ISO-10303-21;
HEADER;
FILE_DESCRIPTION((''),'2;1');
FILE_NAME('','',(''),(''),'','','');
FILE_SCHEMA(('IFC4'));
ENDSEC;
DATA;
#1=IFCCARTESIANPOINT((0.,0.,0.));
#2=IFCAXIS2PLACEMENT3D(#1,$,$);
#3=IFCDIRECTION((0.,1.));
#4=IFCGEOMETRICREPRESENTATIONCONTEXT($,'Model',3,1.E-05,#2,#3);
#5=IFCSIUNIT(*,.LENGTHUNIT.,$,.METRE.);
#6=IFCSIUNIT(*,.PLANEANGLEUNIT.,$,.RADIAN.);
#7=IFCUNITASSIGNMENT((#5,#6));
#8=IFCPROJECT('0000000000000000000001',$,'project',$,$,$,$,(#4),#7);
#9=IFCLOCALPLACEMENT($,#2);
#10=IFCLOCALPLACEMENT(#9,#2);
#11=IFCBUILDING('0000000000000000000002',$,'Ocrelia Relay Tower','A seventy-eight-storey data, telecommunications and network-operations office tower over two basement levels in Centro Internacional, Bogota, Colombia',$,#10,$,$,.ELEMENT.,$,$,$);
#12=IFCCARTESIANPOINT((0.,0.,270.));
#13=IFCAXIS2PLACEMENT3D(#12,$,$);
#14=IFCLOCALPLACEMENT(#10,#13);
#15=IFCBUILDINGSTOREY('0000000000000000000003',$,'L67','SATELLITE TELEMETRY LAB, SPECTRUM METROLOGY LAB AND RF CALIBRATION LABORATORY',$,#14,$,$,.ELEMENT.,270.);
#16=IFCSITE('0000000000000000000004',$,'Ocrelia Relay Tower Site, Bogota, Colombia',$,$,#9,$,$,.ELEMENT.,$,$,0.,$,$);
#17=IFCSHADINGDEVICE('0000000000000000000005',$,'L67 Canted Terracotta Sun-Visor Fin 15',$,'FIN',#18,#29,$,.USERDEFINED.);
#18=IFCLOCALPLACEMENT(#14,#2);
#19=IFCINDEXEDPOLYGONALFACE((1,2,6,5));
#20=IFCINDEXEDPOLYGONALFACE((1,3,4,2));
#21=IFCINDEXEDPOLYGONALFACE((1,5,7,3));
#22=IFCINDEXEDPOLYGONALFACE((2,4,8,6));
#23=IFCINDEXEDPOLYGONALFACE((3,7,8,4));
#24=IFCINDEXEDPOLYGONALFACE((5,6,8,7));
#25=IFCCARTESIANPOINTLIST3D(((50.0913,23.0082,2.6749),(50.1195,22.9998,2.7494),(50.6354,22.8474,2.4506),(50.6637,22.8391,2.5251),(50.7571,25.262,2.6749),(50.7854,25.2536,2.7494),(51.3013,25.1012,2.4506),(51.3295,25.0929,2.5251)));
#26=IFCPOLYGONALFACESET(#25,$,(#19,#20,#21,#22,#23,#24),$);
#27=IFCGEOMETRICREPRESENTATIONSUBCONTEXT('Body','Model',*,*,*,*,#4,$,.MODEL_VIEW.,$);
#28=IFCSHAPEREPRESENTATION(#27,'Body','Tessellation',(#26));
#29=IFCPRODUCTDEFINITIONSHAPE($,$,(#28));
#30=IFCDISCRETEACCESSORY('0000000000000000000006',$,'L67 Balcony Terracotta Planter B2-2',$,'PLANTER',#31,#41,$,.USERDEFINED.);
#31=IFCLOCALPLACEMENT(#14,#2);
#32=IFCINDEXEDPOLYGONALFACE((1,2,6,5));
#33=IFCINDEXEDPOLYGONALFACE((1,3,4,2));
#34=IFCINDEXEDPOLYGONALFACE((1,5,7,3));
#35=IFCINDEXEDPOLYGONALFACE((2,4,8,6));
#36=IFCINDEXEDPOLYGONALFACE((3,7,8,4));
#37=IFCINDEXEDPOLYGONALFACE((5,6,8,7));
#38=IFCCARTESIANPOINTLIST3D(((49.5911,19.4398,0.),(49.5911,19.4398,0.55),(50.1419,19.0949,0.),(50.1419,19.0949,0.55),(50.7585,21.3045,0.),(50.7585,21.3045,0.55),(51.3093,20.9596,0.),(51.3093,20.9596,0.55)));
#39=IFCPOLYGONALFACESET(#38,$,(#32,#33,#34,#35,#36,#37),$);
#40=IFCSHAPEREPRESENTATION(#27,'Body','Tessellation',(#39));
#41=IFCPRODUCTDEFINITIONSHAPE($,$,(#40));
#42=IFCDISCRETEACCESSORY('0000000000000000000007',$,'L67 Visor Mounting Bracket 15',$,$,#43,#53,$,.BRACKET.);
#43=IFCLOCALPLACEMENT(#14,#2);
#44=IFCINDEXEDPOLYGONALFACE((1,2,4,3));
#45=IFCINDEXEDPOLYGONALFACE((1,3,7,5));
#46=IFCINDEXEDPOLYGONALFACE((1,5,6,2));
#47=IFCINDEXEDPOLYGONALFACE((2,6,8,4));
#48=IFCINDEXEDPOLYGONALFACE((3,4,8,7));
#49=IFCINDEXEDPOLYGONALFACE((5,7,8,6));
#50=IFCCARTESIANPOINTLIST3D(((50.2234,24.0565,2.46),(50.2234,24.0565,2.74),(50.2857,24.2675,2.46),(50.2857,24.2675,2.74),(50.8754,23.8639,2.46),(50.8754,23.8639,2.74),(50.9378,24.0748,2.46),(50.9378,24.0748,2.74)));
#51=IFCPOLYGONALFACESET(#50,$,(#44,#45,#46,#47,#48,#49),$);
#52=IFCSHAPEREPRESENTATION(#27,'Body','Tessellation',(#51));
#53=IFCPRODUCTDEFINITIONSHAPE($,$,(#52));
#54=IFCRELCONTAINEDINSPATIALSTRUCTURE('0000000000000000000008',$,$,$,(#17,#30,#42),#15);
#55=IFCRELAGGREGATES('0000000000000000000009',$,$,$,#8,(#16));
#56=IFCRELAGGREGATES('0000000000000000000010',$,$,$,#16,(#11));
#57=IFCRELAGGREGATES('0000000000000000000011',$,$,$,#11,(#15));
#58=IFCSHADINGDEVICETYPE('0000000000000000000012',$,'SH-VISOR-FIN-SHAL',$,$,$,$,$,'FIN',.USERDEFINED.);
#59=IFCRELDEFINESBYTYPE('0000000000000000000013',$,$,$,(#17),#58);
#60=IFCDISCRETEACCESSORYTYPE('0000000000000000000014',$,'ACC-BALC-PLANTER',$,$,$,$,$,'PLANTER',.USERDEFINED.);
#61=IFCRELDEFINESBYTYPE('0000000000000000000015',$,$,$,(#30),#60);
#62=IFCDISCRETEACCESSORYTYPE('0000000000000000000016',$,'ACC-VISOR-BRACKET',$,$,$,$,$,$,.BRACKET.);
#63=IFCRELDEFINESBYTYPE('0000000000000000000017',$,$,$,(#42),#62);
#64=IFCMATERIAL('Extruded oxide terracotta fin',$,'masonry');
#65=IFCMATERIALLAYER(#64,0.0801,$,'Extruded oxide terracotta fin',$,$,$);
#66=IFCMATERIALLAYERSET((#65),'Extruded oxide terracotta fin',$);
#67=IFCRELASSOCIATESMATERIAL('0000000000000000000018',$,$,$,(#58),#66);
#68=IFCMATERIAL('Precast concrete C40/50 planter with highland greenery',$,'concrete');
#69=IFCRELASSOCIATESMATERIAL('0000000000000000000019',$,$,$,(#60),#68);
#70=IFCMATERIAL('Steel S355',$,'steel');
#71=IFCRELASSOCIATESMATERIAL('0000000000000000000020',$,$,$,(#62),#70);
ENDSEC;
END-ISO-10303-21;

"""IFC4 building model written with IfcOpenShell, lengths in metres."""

from ifc_helpers import new_model, si_unit, direction, frame, origin, origin_2d, place, context, subcontext, project, spatial, rectangle, extrude, material, layer, layer_set, type_object, element, save


model = new_model("IFC4")

# Units and contexts
model_context = context("Model", 3, precision=1e-05, world=origin(), true_north=direction((0.0, 1.0)))
body_context = subcontext(model_context, "Body", "Model", "MODEL_VIEW")
ifc_project = project(units=[si_unit("LENGTHUNIT", "METRE"), si_unit("PLANEANGLEUNIT", "RADIAN")], contexts=[model_context])

# Site, building, storey
site_placement = place(None, origin())
site = spatial("IfcSite", under=ifc_project, at=site_placement, Name="Ocrelia Relay Tower Site, Bogota, Colombia", CompositionType="ELEMENT", RefElevation=0.0)
building_placement = place(site_placement, origin())
building = spatial("IfcBuilding", under=site, at=building_placement, Name="Ocrelia Relay Tower", Description="A seventy-eight-storey data, telecommunications and network-operations office tower over two basement levels in Centro Internacional, Bogota, Colombia", CompositionType="ELEMENT")
storey_placement = place(building_placement, frame((0.0, 0.0, 270.0)))
storey = spatial("IfcBuildingStorey", under=building, at=storey_placement, Name="L67", Description="SATELLITE TELEMETRY LAB, SPECTRUM METROLOGY LAB AND RF CALIBRATION LABORATORY", CompositionType="ELEMENT", Elevation=270.0)

# Shared definitions
ifc_material_1 = material(Name="Steel S355", Category="steel")

# Shading device
ifc_material_2 = material(Name="Extruded oxide terracotta fin", Category="masonry")
ifc_layer_1 = layer(ifc_material_2, 0.0801, Name="Extruded oxide terracotta fin")
ifc_layer_set_1 = layer_set([ifc_layer_1], Name="Extruded oxide terracotta fin")
shading_device_type_1 = type_object("IfcShadingDeviceType", Name="SH-VISOR-FIN-SHAL", ElementType="FIN", PredefinedType="USERDEFINED", material=ifc_layer_set_1)
shading_device_1_placement = place(storey_placement, frame((50.6963, 24.0547, 2.5627), z_axis=(0.352574, -0.10416, 0.929969), x_axis=(0.283321, 0.959025, 0.0)))
element("IfcShadingDevice", 1, at=shading_device_1_placement, inside=storey, type_object=shading_device_type_1, Name="L67 Canted Terracotta Sun-Visor Fin 15", ObjectType="FIN", PredefinedType="USERDEFINED", context=body_context, shape_type="SweptSolid", body=[
    extrude(rectangle(XDim=2.3501, YDim=0.6101, at=origin_2d()), origin(), (0.0, 0.0, 1.0), 0.0801),
])

# Discrete accessories
ifc_material_3 = material(Name="Precast concrete C40/50 planter with highland greenery", Category="concrete")
discrete_accessory_type_1 = type_object("IfcDiscreteAccessoryType", Name="ACC-BALC-PLANTER", ElementType="PLANTER", PredefinedType="USERDEFINED", material=ifc_material_3)
discrete_accessory_1_placement = place(storey_placement, frame((50.4502, 20.1997, 0.0), z_axis=(0.0, 0.0, 1.0), x_axis=(-0.530652, -0.84759, 0.0)))
element("IfcDiscreteAccessory", 2, at=discrete_accessory_1_placement, inside=storey, type_object=discrete_accessory_type_1, Name="L67 Balcony Terracotta Planter B2-2", ObjectType="PLANTER", PredefinedType="USERDEFINED", context=body_context, shape_type="SweptSolid", body=[
    extrude(rectangle(XDim=2.2, YDim=0.6499, at=origin_2d()), origin(), (0.0, 0.0, 1.0), 0.55),
])
discrete_accessory_type_2 = type_object("IfcDiscreteAccessoryType", Name="ACC-VISOR-BRACKET", PredefinedType="BRACKET", material=ifc_material_1)
discrete_accessory_2_placement = place(storey_placement, frame((50.5806, 24.0657, 2.46), z_axis=(0.0, 0.0, 1.0), x_axis=(0.283321, 0.959025, 0.0)))
element("IfcDiscreteAccessory", 3, at=discrete_accessory_2_placement, inside=storey, type_object=discrete_accessory_type_2, Name="L67 Visor Mounting Bracket 15", PredefinedType="BRACKET", context=body_context, shape_type="SweptSolid", body=[
    extrude(rectangle(XDim=0.22, YDim=0.6799, at=origin_2d()), origin(), (0.0, 0.0, 1.0), 0.28),
])

save(model, "model.ifc")
